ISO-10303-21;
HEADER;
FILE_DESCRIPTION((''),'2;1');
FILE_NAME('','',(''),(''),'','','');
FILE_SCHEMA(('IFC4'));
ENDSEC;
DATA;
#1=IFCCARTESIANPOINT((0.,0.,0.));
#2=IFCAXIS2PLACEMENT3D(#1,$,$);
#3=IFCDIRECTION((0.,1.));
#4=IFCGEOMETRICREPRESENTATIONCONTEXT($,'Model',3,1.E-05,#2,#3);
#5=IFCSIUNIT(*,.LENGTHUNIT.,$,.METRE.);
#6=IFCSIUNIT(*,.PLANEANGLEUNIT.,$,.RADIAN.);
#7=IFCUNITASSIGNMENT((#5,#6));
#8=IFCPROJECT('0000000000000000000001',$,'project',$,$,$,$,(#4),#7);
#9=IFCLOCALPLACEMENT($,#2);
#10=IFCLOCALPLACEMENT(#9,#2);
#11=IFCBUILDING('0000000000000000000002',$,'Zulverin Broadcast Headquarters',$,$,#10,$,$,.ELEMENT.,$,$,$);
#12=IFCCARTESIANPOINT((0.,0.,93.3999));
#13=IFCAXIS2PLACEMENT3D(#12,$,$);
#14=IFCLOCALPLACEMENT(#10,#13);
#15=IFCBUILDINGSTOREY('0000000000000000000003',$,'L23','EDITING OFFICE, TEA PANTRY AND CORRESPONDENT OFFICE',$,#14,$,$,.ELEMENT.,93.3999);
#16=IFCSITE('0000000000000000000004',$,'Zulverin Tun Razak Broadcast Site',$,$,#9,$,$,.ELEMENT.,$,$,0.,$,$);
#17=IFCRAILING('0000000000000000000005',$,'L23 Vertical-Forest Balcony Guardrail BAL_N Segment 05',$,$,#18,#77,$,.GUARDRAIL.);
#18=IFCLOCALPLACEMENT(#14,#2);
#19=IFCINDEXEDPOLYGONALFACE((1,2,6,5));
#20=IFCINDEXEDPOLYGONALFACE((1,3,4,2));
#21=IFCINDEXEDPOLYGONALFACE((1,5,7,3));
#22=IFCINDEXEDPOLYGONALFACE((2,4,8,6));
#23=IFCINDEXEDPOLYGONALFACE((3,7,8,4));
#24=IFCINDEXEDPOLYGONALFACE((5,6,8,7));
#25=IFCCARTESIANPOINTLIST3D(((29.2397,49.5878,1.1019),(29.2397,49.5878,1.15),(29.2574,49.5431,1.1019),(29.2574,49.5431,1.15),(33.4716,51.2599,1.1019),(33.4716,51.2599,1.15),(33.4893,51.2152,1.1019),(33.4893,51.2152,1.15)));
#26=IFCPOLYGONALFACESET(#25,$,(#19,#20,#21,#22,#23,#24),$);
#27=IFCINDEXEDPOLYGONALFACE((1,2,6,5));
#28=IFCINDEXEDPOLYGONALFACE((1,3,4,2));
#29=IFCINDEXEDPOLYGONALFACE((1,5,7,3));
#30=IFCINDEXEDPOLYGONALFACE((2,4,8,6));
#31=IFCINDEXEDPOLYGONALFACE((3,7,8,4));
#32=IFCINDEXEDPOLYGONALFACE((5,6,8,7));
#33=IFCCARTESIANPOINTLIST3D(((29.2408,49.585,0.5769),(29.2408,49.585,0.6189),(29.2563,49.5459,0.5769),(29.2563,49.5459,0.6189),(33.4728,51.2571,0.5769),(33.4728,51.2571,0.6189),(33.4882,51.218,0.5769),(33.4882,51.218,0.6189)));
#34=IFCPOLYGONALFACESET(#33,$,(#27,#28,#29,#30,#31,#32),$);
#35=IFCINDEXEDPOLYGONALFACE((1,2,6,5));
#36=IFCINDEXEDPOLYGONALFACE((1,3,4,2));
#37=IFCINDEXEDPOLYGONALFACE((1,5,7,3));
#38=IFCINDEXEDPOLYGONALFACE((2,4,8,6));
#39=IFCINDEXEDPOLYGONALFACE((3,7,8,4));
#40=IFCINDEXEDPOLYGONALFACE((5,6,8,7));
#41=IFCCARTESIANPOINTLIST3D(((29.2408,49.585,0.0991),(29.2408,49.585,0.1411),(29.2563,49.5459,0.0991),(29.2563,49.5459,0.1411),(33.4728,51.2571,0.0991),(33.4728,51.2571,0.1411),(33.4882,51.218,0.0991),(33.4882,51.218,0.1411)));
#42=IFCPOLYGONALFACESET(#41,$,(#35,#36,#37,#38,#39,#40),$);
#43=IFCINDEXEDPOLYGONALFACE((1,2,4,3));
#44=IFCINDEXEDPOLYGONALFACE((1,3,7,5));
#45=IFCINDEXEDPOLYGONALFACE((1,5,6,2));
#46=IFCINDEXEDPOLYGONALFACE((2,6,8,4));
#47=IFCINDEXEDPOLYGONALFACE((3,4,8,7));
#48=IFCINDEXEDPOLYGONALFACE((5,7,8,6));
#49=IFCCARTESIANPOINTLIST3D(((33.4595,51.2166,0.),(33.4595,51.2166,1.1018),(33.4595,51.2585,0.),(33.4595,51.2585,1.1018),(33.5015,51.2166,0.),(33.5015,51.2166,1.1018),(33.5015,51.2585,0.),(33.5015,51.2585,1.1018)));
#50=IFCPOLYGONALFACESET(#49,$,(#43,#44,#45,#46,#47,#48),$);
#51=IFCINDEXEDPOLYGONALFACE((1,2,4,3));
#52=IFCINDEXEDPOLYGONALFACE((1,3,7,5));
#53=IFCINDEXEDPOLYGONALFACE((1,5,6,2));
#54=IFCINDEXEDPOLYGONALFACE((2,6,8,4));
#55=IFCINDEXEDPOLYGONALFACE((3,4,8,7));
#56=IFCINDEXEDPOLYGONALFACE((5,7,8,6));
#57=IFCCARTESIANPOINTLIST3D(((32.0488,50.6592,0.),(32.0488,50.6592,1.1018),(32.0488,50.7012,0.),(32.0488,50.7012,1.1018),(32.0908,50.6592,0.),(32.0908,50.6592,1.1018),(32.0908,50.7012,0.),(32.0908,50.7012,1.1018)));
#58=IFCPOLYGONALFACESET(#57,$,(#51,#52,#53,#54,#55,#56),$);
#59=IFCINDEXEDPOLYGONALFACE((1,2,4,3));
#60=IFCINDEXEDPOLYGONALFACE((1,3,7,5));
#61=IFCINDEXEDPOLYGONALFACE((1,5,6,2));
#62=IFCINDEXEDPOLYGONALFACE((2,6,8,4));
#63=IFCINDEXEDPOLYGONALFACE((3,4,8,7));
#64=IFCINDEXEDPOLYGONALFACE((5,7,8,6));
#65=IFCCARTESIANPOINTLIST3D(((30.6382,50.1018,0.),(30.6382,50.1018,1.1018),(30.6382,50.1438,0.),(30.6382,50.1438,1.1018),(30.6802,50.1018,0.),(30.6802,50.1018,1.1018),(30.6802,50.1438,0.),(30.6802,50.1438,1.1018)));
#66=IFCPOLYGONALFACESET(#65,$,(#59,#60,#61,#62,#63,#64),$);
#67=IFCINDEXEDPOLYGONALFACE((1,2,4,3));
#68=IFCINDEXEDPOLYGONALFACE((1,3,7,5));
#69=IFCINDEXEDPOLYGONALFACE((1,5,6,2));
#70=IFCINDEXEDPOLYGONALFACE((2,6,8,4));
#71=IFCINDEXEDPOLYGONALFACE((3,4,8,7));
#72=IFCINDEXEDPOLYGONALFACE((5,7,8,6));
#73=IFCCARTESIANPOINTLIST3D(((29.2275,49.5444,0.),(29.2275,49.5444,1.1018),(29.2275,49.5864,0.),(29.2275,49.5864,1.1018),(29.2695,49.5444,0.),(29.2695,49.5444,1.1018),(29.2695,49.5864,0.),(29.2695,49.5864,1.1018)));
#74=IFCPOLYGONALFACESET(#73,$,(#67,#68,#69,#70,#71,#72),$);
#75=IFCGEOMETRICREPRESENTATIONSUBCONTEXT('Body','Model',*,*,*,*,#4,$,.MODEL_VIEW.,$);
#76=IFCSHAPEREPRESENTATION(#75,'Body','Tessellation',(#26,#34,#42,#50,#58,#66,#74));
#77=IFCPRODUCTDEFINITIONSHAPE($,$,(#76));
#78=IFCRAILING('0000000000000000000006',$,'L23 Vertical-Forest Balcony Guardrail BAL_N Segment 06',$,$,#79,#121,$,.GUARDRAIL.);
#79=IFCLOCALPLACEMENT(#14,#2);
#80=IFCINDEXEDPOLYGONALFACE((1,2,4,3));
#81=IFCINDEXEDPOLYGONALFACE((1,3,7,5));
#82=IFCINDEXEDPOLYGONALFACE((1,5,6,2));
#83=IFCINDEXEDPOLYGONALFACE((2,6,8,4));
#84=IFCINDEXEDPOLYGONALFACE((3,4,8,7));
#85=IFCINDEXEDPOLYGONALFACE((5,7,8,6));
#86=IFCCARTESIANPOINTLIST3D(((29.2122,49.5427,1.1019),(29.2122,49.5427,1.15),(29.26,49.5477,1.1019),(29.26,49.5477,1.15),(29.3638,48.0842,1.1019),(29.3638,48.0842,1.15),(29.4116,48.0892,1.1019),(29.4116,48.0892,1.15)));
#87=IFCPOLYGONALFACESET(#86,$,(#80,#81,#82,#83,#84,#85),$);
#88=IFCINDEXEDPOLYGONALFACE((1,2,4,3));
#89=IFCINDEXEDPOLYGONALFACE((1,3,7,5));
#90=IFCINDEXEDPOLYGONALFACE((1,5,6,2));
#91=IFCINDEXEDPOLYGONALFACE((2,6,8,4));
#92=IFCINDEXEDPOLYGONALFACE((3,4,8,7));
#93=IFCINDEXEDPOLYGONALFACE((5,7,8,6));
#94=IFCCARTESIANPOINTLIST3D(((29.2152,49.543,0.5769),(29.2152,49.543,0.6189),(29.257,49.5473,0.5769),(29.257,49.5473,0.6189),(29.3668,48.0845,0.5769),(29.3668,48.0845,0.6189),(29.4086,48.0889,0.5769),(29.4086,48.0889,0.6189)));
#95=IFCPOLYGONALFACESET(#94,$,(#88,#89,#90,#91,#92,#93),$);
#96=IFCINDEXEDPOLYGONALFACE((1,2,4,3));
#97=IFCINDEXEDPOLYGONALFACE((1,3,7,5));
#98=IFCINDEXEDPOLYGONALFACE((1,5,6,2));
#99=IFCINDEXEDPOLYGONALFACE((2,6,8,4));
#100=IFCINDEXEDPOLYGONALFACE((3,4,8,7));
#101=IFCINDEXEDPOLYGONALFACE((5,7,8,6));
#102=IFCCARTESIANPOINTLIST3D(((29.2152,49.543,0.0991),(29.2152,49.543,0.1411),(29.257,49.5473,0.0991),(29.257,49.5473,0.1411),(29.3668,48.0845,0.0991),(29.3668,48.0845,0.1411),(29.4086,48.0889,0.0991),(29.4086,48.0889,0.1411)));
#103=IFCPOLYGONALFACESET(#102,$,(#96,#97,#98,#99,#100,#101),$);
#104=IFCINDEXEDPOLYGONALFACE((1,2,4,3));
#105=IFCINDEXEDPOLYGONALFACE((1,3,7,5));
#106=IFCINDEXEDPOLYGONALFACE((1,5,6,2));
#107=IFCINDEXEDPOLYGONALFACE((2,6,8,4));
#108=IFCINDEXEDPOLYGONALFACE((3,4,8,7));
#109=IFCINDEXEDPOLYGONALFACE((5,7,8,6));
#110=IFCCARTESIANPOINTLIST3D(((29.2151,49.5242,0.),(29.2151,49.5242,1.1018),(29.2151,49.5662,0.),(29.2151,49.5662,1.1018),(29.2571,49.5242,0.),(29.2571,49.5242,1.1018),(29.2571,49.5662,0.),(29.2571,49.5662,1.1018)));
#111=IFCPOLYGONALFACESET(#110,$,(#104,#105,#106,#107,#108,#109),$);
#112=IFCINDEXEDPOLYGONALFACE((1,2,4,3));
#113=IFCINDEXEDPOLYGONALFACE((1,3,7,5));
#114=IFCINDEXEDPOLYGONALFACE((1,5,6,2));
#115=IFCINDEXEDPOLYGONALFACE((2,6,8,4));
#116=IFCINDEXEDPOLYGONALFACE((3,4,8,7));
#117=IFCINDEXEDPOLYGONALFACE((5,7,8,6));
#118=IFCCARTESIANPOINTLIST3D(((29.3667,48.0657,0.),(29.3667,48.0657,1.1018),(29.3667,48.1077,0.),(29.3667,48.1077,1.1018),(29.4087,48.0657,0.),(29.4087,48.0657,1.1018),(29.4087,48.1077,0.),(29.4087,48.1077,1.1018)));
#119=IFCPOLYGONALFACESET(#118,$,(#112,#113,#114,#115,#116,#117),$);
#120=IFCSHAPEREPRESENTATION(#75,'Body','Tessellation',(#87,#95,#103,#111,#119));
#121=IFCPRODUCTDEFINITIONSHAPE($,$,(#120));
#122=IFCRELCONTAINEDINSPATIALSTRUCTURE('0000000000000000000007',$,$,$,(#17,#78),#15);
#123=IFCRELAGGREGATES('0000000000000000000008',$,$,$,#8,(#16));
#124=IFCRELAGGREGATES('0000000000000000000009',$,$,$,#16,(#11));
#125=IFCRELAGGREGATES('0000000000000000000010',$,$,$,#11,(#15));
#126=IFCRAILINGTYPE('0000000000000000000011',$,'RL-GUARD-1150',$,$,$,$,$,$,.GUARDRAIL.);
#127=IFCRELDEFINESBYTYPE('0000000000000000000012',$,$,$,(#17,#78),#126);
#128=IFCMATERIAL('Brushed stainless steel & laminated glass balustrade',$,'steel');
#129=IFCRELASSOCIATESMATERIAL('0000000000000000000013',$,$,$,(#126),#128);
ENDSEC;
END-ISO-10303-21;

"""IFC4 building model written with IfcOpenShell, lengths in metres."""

from ifc_helpers import new_model, si_unit, direction, frame, origin, origin_2d, place, context, subcontext, project, spatial, rectangle, extrude, material, type_object, element, save


model = new_model("IFC4")

# Units and contexts
model_context = context("Model", 3, precision=1e-05, world=origin(), true_north=direction((0.0, 1.0)))
body_context = subcontext(model_context, "Body", "Model", "MODEL_VIEW")
ifc_project = project(units=[si_unit("LENGTHUNIT", "METRE"), si_unit("PLANEANGLEUNIT", "RADIAN")], contexts=[model_context])

# Site, building, storey
site_placement = place(None, origin())
site = spatial("IfcSite", under=ifc_project, at=site_placement, Name="Zulverin Tun Razak Broadcast Site", CompositionType="ELEMENT", RefElevation=0.0)
building_placement = place(site_placement, origin())
building = spatial("IfcBuilding", under=site, at=building_placement, Name="Zulverin Broadcast Headquarters", CompositionType="ELEMENT")
storey_placement = place(building_placement, frame((0.0, 0.0, 93.3999)))
storey = spatial("IfcBuildingStorey", under=building, at=storey_placement, Name="L23", Description="EDITING OFFICE, TEA PANTRY AND CORRESPONDENT OFFICE", CompositionType="ELEMENT", Elevation=93.3999)

# Railings
ifc_material_1 = material(Name="Brushed stainless steel & laminated glass balustrade", Category="steel")
railing_type = type_object("IfcRailingType", Name="RL-GUARD-1150", PredefinedType="GUARDRAIL", material=ifc_material_1)
railing_1_placement = place(storey_placement, frame((33.4805, 51.2375, 0.0)))
element("IfcRailing", 1, at=railing_1_placement, inside=storey, type_object=railing_type, Name="L23 Vertical-Forest Balcony Guardrail BAL_N Segment 05", PredefinedType="GUARDRAIL", context=body_context, shape_type="SweptSolid", body=[
    extrude(rectangle(XDim=0.0481, YDim=0.0481, at=origin_2d()), frame((0.0, 0.0, 1.126), z_axis=(-0.930034, -0.367474, 0.0), x_axis=(0.367474, -0.930034, 0.0)), (0.0, 0.0, 1.0), 4.5503),
    extrude(rectangle(XDim=0.042, YDim=0.042, at=origin_2d()), frame((0.0, 0.0, 0.5979), z_axis=(-0.930034, -0.367474, 0.0), x_axis=(0.367474, -0.930034, 0.0)), (0.0, 0.0, 1.0), 4.5503),
    extrude(rectangle(XDim=0.042, YDim=0.042, at=origin_2d()), frame((0.0, 0.0, 0.1201), z_axis=(-0.930034, -0.367474, 0.0), x_axis=(0.367474, -0.930034, 0.0)), (0.0, 0.0, 1.0), 4.5503),
    extrude(rectangle(XDim=0.042, YDim=0.042, at=origin_2d()), origin(), (0.0, 0.0, 1.0), 1.1018),
    extrude(rectangle(XDim=0.042, YDim=0.042, at=origin_2d()), frame((-1.4106, -0.5574, 0.0)), (0.0, 0.0, 1.0), 1.1018),
    extrude(rectangle(XDim=0.042, YDim=0.042, at=origin_2d()), frame((-2.8213, -1.1147, 0.0)), (0.0, 0.0, 1.0), 1.1018),
    extrude(rectangle(XDim=0.042, YDim=0.042, at=origin_2d()), frame((-4.2319, -1.6721, 0.0)), (0.0, 0.0, 1.0), 1.1018),
])
railing_2_placement = place(storey_placement, frame((29.2361, 49.5452, 0.0)))
element("IfcRailing", 2, at=railing_2_placement, inside=storey, type_object=railing_type, Name="L23 Vertical-Forest Balcony Guardrail BAL_N Segment 06", PredefinedType="GUARDRAIL", context=body_context, shape_type="SweptSolid", body=[
    extrude(rectangle(XDim=0.0481, YDim=0.0481, at=origin_2d()), frame((0.0, 0.0, 1.126), z_axis=(0.103393, -0.994641, 0.0), x_axis=(0.994641, 0.103393, 0.0)), (0.0, 0.0, 1.0), 1.4663),
    extrude(rectangle(XDim=0.042, YDim=0.042, at=origin_2d()), frame((0.0, 0.0, 0.5979), z_axis=(0.103393, -0.994641, 0.0), x_axis=(0.994641, 0.103393, 0.0)), (0.0, 0.0, 1.0), 1.4663),
    extrude(rectangle(XDim=0.042, YDim=0.042, at=origin_2d()), frame((0.0, 0.0, 0.1201), z_axis=(0.103393, -0.994641, 0.0), x_axis=(0.994641, 0.103393, 0.0)), (0.0, 0.0, 1.0), 1.4663),
    extrude(rectangle(XDim=0.042, YDim=0.042, at=origin_2d()), origin(), (0.0, 0.0, 1.0), 1.1018),
    extrude(rectangle(XDim=0.042, YDim=0.042, at=origin_2d()), frame((0.1516, -1.4585, 0.0)), (0.0, 0.0, 1.0), 1.1018),
])

save(model, "model.ifc")
